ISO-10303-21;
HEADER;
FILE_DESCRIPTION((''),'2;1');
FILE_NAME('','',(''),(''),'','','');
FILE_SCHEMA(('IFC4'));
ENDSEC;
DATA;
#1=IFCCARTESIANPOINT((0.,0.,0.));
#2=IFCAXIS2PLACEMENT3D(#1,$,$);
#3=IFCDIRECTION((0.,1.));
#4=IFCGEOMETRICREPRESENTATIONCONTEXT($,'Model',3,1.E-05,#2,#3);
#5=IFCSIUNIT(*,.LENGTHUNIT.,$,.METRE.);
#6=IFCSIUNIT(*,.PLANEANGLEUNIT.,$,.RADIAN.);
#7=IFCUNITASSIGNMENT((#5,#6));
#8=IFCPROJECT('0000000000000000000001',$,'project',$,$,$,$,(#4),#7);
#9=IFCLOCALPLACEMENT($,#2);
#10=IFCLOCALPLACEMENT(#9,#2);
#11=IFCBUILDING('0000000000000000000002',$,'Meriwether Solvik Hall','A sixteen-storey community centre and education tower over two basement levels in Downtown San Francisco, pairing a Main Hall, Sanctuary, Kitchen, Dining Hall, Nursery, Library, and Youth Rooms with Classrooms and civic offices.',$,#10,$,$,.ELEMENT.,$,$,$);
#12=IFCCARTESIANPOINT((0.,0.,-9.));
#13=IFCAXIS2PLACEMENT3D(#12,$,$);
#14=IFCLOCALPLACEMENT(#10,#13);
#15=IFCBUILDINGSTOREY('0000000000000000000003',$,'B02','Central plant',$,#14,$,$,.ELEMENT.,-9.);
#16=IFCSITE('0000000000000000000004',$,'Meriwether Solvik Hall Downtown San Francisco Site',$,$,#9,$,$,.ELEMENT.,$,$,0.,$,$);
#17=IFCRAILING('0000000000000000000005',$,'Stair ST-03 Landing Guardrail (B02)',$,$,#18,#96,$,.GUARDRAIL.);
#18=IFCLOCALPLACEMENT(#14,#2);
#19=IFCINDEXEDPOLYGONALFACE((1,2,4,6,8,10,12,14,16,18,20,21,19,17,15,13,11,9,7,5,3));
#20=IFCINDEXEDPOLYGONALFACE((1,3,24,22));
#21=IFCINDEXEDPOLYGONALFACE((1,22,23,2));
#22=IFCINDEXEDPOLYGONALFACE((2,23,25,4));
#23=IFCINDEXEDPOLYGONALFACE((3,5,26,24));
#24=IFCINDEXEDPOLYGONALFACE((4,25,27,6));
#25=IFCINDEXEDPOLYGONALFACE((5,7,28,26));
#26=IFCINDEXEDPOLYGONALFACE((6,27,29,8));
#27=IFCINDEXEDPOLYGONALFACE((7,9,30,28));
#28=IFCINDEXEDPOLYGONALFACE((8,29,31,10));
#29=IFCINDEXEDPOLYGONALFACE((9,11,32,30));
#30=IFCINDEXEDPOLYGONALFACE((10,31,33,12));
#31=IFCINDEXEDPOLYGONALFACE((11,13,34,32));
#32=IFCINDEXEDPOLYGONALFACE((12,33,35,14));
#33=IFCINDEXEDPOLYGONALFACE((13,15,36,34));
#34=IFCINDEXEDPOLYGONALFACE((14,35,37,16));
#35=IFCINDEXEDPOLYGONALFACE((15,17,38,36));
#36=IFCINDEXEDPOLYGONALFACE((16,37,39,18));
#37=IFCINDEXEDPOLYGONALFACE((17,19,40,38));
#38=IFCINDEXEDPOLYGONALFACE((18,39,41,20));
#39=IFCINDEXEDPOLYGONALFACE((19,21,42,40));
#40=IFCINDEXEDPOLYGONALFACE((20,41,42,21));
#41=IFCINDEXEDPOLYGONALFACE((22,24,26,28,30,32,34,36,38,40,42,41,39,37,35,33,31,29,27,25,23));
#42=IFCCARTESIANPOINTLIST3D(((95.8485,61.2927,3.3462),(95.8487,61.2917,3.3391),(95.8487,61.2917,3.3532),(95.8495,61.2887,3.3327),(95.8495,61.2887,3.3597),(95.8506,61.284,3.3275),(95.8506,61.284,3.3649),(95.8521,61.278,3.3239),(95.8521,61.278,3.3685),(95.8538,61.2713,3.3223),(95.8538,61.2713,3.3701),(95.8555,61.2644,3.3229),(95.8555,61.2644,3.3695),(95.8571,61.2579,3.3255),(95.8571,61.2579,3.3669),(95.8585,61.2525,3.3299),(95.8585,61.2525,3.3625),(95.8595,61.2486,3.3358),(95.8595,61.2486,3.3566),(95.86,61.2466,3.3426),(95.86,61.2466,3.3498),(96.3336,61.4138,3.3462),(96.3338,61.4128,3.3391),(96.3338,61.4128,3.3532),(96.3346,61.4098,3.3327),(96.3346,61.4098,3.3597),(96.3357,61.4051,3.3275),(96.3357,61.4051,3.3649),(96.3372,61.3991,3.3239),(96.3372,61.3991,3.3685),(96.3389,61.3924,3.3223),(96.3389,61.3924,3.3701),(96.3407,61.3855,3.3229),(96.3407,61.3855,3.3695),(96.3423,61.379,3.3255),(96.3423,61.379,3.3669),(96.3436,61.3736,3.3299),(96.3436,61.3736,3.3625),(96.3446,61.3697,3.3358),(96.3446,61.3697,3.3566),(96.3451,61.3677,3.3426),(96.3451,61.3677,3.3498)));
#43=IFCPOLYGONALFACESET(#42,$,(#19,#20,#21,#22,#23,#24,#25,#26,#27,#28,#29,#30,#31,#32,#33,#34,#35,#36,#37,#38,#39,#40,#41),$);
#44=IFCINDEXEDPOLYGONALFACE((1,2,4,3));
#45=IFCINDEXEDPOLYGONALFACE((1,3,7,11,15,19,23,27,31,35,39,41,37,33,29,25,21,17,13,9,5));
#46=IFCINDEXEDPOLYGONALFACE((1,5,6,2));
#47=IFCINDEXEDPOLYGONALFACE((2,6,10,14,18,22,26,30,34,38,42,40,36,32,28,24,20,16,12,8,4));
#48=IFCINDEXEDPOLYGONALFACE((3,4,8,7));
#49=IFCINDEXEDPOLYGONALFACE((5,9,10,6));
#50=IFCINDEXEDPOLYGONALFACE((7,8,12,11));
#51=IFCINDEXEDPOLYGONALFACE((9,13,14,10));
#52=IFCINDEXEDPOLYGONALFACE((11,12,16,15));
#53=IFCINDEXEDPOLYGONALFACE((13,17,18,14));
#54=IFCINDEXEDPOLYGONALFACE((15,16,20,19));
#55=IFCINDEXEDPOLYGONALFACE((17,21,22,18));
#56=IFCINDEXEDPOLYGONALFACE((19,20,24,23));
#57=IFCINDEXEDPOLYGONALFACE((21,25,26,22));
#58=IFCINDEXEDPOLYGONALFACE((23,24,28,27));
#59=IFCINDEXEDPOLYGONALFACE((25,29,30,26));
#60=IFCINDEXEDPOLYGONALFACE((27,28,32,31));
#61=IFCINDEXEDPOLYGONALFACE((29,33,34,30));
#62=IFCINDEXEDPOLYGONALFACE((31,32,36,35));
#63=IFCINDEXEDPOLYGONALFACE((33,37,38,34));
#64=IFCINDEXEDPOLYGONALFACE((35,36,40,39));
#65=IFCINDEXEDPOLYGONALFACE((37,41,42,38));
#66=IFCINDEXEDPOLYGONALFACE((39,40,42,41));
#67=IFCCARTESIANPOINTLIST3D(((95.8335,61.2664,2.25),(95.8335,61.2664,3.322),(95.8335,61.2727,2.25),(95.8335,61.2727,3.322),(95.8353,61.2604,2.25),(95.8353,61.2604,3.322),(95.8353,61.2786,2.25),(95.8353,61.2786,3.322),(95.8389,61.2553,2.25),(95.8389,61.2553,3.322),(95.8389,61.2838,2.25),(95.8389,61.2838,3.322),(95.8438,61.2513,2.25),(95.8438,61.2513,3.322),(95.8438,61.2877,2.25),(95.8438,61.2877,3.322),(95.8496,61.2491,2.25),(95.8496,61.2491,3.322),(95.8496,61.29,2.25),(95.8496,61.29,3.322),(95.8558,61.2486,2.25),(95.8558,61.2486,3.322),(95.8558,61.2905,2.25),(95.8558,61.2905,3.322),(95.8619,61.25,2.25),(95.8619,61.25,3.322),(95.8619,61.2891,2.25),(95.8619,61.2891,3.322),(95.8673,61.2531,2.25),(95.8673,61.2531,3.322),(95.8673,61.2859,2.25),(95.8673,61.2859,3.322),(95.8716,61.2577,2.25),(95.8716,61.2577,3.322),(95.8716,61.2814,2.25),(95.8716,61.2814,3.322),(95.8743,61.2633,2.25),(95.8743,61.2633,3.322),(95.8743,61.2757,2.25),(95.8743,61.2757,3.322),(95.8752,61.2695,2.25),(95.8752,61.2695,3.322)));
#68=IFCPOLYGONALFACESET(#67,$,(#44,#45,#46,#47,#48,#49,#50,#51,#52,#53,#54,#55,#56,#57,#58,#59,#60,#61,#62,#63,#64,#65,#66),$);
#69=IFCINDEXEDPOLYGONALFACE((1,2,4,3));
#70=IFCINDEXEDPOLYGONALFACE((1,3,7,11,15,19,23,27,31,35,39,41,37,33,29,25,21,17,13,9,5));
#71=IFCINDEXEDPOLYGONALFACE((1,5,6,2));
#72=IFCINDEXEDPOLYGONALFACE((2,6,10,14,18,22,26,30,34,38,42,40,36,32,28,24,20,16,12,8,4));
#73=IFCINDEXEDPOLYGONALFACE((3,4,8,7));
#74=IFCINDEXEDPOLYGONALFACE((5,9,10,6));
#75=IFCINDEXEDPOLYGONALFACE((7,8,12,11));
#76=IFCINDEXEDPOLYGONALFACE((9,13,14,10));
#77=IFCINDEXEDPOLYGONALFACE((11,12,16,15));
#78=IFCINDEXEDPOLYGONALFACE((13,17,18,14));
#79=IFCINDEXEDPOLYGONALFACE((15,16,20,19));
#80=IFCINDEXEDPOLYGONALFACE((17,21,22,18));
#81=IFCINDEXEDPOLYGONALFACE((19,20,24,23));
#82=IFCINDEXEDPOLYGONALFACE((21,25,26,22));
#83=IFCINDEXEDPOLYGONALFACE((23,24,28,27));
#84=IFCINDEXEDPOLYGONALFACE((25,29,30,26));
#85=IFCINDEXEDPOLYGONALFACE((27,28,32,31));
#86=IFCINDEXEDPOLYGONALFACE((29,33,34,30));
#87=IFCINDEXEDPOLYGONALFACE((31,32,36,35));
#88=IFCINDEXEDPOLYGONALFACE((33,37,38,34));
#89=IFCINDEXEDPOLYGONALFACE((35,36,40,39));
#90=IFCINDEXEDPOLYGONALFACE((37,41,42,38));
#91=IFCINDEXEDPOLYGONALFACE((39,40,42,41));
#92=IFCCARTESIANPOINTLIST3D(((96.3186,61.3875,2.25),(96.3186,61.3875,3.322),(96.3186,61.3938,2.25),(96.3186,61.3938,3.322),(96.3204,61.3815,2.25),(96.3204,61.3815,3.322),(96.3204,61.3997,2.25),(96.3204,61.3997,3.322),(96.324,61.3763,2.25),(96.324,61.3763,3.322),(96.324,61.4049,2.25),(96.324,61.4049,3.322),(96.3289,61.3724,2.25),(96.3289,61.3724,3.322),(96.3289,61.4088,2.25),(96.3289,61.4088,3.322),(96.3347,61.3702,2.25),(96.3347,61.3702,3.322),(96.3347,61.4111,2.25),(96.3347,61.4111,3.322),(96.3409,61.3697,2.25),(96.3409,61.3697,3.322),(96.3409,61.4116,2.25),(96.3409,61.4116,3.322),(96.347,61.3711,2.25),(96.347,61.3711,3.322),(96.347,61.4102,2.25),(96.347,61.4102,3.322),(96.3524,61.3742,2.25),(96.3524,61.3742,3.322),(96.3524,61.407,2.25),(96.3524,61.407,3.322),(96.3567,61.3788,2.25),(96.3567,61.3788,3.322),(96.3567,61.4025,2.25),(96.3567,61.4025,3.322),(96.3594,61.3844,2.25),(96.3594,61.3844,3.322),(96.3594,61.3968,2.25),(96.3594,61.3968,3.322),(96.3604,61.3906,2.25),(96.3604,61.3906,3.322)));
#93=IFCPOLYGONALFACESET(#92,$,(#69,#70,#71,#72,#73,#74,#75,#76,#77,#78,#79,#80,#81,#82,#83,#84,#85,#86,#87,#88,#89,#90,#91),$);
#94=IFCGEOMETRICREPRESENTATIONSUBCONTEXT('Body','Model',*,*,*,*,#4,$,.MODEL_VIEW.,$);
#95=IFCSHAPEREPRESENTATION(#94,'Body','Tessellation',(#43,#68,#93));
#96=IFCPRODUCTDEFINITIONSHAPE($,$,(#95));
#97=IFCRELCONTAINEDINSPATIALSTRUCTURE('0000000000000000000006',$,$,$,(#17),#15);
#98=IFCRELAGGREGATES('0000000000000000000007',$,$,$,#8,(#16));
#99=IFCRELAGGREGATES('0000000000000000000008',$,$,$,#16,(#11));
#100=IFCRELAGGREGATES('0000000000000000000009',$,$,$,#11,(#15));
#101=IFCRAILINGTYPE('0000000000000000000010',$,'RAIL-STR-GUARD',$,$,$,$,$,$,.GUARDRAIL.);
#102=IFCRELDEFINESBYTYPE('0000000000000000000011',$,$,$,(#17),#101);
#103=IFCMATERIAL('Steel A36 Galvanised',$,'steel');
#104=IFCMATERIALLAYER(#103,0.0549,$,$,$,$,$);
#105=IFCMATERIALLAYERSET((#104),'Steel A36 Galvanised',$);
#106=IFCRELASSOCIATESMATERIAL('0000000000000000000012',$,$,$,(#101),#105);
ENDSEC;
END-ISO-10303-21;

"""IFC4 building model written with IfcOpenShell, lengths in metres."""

from ifc_helpers import new_model, si_unit, direction, frame, origin, origin_2d, place, context, subcontext, project, spatial, circle, extrude, material, layer, layer_set, type_object, element, save


model = new_model("IFC4")

# Units and contexts
model_context = context("Model", 3, precision=1e-05, world=origin(), true_north=direction((0.0, 1.0)))
body_context = subcontext(model_context, "Body", "Model", "MODEL_VIEW")
ifc_project = project(units=[si_unit("LENGTHUNIT", "METRE"), si_unit("PLANEANGLEUNIT", "RADIAN")], contexts=[model_context])

# Site, building, storey
site_placement = place(None, origin())
site = spatial("IfcSite", under=ifc_project, at=site_placement, Name="Meriwether Solvik Hall Downtown San Francisco Site", CompositionType="ELEMENT", RefElevation=0.0)
building_placement = place(site_placement, origin())
building = spatial("IfcBuilding", under=site, at=building_placement, Name="Meriwether Solvik Hall", Description="A sixteen-storey community centre and education tower over two basement levels in Downtown San Francisco, pairing a Main Hall, Sanctuary, Kitchen, Dining Hall, Nursery, Library, and Youth Rooms with Classrooms and civic offices.", CompositionType="ELEMENT")
storey_placement = place(building_placement, frame((0.0, 0.0, -9.0)))
storey = spatial("IfcBuildingStorey", under=building, at=storey_placement, Name="B02", Description="Central plant", CompositionType="ELEMENT", Elevation=-9.0)

# Railing
ifc_material_1 = material(Name="Steel A36 Galvanised", Category="steel")
ifc_layer_1 = layer(ifc_material_1, 0.0549)
ifc_layer_set_1 = layer_set([ifc_layer_1], Name="Steel A36 Galvanised")
railing_type_1 = type_object("IfcRailingType", Name="RAIL-STR-GUARD", PredefinedType="GUARDRAIL", material=ifc_layer_set_1)
railing_1_placement = place(storey_placement, frame((95.8542, 61.2695, 2.25)))
element("IfcRailing", 1, at=railing_1_placement, inside=storey, type_object=railing_type_1, Name="Stair ST-03 Landing Guardrail (B02)", PredefinedType="GUARDRAIL", context=body_context, shape_type="SweptSolid", body=[
    extrude(circle(Radius=0.0239, at=origin_2d()), frame((0.0, 0.0, 1.0962), z_axis=(0.970229, 0.242191, 0.0), x_axis=(-0.242191, 0.970229, 0.0)), (0.0, 0.0, 1.0), 0.5),
    extrude(circle(Radius=0.021, at=origin_2d()), origin(), (0.0, 0.0, 1.0), 1.072),
    extrude(circle(Radius=0.021, at=origin_2d()), frame((0.4851, 0.1211, 0.0)), (0.0, 0.0, 1.0), 1.072),
])

save(model, "model.ifc")
